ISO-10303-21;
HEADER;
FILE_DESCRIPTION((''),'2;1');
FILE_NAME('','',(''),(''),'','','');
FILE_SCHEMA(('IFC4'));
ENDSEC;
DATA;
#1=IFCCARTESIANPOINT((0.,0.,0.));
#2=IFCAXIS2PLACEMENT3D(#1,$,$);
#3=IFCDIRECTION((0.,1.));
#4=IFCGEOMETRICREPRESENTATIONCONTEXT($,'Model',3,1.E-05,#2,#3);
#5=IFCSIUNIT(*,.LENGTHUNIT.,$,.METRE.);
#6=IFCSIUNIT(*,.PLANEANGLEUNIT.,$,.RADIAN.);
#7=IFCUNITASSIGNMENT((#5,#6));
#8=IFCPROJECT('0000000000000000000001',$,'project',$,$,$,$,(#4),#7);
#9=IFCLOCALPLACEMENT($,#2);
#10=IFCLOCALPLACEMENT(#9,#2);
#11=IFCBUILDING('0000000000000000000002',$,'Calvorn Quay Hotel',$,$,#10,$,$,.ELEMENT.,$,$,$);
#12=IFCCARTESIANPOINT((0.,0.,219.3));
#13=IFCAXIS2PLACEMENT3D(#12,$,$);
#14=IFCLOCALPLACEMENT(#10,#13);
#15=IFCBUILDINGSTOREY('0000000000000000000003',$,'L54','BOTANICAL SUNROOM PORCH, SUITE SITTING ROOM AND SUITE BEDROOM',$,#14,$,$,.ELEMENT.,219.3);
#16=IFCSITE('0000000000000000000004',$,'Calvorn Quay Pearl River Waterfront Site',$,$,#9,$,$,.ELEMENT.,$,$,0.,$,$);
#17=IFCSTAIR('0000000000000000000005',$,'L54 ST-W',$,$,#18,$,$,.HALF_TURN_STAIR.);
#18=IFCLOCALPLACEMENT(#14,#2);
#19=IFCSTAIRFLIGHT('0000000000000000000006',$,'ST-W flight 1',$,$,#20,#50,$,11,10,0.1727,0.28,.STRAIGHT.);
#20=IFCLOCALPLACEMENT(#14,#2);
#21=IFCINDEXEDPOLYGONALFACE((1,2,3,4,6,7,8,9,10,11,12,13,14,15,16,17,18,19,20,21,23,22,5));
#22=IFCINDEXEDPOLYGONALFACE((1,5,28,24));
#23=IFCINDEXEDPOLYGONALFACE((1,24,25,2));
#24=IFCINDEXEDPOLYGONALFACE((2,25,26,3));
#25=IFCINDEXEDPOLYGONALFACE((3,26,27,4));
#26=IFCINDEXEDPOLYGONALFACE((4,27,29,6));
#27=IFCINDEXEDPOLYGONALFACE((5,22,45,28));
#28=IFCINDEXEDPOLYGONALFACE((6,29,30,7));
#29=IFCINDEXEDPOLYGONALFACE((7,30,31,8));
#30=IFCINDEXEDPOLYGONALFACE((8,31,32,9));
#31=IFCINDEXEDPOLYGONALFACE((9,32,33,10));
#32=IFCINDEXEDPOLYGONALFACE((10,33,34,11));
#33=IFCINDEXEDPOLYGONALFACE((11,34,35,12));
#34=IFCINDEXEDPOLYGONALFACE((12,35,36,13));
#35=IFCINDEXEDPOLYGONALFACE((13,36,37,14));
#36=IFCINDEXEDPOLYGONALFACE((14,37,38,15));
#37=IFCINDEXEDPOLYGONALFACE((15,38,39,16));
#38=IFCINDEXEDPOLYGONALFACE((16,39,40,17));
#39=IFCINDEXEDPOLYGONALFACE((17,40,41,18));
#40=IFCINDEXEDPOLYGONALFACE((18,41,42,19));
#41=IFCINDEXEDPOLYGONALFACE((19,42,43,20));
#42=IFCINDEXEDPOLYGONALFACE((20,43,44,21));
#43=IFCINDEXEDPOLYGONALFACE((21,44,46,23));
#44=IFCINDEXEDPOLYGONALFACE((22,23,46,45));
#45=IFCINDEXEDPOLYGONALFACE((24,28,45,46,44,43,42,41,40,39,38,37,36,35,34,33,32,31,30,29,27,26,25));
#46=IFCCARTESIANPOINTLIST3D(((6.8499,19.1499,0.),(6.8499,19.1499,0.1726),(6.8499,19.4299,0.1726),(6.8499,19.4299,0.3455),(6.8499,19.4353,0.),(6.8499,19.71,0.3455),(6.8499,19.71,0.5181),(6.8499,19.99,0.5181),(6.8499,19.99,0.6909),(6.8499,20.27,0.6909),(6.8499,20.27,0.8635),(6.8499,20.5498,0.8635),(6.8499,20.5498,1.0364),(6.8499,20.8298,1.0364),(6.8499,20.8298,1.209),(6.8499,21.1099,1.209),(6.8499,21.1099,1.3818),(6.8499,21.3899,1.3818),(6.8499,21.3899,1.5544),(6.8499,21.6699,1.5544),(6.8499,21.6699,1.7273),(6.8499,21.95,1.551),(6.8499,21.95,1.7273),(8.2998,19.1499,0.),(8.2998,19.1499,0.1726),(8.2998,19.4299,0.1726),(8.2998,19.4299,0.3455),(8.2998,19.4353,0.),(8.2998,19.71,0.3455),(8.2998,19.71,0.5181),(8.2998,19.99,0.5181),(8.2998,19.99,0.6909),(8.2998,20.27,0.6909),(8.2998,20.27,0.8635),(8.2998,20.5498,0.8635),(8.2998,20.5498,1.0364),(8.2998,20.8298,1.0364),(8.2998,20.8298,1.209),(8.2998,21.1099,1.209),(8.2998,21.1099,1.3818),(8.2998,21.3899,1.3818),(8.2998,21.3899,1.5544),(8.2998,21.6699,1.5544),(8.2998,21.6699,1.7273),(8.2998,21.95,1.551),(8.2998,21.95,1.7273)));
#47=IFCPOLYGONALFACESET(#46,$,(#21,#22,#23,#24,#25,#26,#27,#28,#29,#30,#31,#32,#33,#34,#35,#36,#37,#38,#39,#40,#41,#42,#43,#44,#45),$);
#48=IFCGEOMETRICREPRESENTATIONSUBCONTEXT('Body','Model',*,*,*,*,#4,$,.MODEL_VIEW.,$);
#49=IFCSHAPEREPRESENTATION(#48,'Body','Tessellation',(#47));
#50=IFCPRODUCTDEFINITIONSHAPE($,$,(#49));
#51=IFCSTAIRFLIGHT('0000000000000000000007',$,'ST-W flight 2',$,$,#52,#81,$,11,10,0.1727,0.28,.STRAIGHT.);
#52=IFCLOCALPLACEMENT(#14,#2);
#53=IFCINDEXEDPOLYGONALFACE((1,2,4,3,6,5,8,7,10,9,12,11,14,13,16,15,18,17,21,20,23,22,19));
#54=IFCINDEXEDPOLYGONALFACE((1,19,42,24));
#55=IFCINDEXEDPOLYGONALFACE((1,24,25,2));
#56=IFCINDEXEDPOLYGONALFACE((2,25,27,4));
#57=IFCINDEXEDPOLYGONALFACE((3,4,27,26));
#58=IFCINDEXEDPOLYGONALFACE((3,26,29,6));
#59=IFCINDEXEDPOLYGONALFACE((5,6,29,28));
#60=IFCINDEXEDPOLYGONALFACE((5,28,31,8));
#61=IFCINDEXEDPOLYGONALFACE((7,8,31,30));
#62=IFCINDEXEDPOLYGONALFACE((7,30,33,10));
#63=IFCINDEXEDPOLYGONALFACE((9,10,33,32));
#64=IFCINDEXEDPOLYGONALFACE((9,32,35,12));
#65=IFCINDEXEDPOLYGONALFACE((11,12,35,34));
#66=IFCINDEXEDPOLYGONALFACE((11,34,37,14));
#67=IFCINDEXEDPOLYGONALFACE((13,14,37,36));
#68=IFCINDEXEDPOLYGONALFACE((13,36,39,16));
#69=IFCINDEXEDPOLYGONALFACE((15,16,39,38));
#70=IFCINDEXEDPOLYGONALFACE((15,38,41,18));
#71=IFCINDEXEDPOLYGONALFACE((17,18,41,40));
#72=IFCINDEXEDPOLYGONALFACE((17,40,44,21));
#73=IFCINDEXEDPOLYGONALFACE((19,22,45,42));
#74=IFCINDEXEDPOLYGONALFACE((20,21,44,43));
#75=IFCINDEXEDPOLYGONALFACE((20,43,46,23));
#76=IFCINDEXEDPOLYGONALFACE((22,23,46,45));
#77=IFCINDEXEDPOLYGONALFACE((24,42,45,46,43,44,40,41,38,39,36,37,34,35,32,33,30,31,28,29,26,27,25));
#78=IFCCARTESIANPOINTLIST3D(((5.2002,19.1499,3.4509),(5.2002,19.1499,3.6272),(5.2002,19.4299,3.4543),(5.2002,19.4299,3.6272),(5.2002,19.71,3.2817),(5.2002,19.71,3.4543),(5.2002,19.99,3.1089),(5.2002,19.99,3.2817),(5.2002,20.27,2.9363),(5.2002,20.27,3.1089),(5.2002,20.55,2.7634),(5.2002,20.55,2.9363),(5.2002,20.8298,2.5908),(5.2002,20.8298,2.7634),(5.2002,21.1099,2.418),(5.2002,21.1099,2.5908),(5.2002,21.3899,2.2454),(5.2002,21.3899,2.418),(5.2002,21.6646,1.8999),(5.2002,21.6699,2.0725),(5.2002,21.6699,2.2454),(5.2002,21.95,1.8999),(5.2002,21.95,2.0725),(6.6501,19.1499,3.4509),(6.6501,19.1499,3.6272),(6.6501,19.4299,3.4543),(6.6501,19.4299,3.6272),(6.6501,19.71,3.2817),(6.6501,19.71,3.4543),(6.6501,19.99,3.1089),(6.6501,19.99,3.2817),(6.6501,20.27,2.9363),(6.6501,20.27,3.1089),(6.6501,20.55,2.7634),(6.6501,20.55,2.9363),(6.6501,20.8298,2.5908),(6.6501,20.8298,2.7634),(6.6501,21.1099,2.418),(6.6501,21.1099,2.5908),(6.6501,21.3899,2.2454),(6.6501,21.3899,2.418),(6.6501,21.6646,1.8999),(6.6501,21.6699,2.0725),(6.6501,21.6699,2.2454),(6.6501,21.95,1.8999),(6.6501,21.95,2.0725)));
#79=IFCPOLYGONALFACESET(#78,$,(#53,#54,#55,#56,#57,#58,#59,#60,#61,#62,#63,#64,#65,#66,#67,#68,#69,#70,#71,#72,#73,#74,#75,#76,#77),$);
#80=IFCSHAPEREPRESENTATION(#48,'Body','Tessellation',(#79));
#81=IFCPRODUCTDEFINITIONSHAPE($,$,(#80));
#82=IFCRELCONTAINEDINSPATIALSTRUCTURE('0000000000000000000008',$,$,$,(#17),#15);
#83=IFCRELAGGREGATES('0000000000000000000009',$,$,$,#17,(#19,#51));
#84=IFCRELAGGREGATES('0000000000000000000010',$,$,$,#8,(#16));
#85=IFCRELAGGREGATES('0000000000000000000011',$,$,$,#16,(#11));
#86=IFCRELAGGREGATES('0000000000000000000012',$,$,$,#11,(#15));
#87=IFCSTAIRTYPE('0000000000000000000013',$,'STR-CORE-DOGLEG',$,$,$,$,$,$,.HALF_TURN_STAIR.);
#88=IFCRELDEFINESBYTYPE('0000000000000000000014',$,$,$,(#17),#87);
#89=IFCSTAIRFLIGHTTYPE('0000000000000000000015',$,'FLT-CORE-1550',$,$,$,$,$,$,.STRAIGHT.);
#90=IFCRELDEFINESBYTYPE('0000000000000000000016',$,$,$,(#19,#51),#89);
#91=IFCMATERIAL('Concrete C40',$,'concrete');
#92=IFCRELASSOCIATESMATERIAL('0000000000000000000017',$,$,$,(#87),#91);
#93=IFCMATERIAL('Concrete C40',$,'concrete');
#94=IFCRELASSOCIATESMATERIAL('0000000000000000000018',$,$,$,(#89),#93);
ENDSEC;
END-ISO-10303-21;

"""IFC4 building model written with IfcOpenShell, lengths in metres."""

from ifc_helpers import new_model, si_unit, direction, frame, origin, place, context, subcontext, project, spatial, polyline, outline, extrude, material, type_object, element, aggregate, save


model = new_model("IFC4")

# Units and contexts
model_context = context("Model", 3, precision=1e-05, world=origin(), true_north=direction((0.0, 1.0)))
body_context = subcontext(model_context, "Body", "Model", "MODEL_VIEW")
ifc_project = project(units=[si_unit("LENGTHUNIT", "METRE"), si_unit("PLANEANGLEUNIT", "RADIAN")], contexts=[model_context])

# Site, building, storey
site_placement = place(None, origin())
site = spatial("IfcSite", under=ifc_project, at=site_placement, Name="Calvorn Quay Pearl River Waterfront Site", CompositionType="ELEMENT", RefElevation=0.0)
building_placement = place(site_placement, origin())
building = spatial("IfcBuilding", under=site, at=building_placement, Name="Calvorn Quay Hotel", CompositionType="ELEMENT")
storey_placement = place(building_placement, frame((0.0, 0.0, 219.3)))
storey = spatial("IfcBuildingStorey", under=building, at=storey_placement, Name="L54", Description="BOTANICAL SUNROOM PORCH, SUITE SITTING ROOM AND SUITE BEDROOM", CompositionType="ELEMENT", Elevation=219.3)

# Stair, stair flights
ifc_material_1 = material(Name="Concrete C40", Category="concrete")
stair_type = type_object("IfcStairType", Name="STR-CORE-DOGLEG", PredefinedType="HALF_TURN_STAIR", material=ifc_material_1)
stair_placement = place(storey_placement, origin())
stair = element("IfcStair", 1, at=stair_placement, inside=storey, type_object=stair_type, Name="L54 ST-W", PredefinedType="HALF_TURN_STAIR")
ifc_material_2 = material(Name="Concrete C40", Category="concrete")
stair_flight_type = type_object("IfcStairFlightType", Name="FLT-CORE-1550", PredefinedType="STRAIGHT", material=ifc_material_2)
stair_flight_1_placement = place(storey_placement, frame((7.575, 19.1499, 0.0), z_axis=(0.0, 0.0, 1.0), x_axis=(0.0, 1.0, 0.0)))
stair_flight_1 = element("IfcStairFlight", 2, at=stair_flight_1_placement, type_object=stair_flight_type, Name="ST-W flight 1", NumberOfRisers=11, NumberOfTreads=10, PredefinedType="STRAIGHT", RiserHeight=0.1727, TreadLength=0.28, context=body_context, shape_type="SweptSolid", body=[
    extrude(outline(polyline([(0.0, 0.0), (0.0, 0.1726), (0.28, 0.1726), (0.28, 0.3455), (0.5601, 0.3455), (0.5601, 0.5181), (0.8401, 0.5181), (0.8401, 0.6909), (1.1201, 0.6909), (1.1201, 0.8635), (1.3999, 0.8635), (1.3999, 1.0364), (1.6799, 1.0364), (1.6799, 1.209), (1.96, 1.209), (1.96, 1.3818), (2.24, 1.3818), (2.24, 1.5544), (2.52, 1.5544), (2.52, 1.7273), (2.8, 1.7273), (2.8, 1.8999), (2.8, 1.551), (0.2854, 0.0), (0.0, 0.0)])), frame((0.0, 0.7251, 0.0), z_axis=(0.0, -1.0, 0.0), x_axis=(1.0, 0.0, 0.0)), (0.0, 0.0, 1.0), 1.45),
])
stair_flight_2_placement = place(storey_placement, frame((5.925, 21.95, 1.8999), z_axis=(0.0, 0.0, 1.0), x_axis=(0.0, -1.0, 0.0)))
stair_flight_2 = element("IfcStairFlight", 3, at=stair_flight_2_placement, type_object=stair_flight_type, Name="ST-W flight 2", NumberOfRisers=11, NumberOfTreads=10, PredefinedType="STRAIGHT", RiserHeight=0.1727, TreadLength=0.28, context=body_context, shape_type="SweptSolid", body=[
    extrude(outline(polyline([(0.0, 0.0), (0.0, 0.1726), (0.28, 0.1726), (0.28, 0.3455), (0.5601, 0.3455), (0.5601, 0.5181), (0.8401, 0.5181), (0.8401, 0.6909), (1.1201, 0.6909), (1.1201, 0.8635), (1.3999, 0.8635), (1.3999, 1.0364), (1.6799, 1.0364), (1.6799, 1.209), (1.96, 1.209), (1.96, 1.3818), (2.24, 1.3818), (2.24, 1.5544), (2.52, 1.5544), (2.52, 1.7273), (2.8, 1.7273), (2.8, 1.8999), (2.8, 1.551), (0.2854, 0.0), (0.0, 0.0)])), frame((0.0, 0.7251, 0.0), z_axis=(0.0, -1.0, 0.0), x_axis=(1.0, 0.0, 0.0)), (0.0, 0.0, 1.0), 1.45),
])
aggregate(stair, [stair_flight_1, stair_flight_2])

save(model, "model.ifc")
